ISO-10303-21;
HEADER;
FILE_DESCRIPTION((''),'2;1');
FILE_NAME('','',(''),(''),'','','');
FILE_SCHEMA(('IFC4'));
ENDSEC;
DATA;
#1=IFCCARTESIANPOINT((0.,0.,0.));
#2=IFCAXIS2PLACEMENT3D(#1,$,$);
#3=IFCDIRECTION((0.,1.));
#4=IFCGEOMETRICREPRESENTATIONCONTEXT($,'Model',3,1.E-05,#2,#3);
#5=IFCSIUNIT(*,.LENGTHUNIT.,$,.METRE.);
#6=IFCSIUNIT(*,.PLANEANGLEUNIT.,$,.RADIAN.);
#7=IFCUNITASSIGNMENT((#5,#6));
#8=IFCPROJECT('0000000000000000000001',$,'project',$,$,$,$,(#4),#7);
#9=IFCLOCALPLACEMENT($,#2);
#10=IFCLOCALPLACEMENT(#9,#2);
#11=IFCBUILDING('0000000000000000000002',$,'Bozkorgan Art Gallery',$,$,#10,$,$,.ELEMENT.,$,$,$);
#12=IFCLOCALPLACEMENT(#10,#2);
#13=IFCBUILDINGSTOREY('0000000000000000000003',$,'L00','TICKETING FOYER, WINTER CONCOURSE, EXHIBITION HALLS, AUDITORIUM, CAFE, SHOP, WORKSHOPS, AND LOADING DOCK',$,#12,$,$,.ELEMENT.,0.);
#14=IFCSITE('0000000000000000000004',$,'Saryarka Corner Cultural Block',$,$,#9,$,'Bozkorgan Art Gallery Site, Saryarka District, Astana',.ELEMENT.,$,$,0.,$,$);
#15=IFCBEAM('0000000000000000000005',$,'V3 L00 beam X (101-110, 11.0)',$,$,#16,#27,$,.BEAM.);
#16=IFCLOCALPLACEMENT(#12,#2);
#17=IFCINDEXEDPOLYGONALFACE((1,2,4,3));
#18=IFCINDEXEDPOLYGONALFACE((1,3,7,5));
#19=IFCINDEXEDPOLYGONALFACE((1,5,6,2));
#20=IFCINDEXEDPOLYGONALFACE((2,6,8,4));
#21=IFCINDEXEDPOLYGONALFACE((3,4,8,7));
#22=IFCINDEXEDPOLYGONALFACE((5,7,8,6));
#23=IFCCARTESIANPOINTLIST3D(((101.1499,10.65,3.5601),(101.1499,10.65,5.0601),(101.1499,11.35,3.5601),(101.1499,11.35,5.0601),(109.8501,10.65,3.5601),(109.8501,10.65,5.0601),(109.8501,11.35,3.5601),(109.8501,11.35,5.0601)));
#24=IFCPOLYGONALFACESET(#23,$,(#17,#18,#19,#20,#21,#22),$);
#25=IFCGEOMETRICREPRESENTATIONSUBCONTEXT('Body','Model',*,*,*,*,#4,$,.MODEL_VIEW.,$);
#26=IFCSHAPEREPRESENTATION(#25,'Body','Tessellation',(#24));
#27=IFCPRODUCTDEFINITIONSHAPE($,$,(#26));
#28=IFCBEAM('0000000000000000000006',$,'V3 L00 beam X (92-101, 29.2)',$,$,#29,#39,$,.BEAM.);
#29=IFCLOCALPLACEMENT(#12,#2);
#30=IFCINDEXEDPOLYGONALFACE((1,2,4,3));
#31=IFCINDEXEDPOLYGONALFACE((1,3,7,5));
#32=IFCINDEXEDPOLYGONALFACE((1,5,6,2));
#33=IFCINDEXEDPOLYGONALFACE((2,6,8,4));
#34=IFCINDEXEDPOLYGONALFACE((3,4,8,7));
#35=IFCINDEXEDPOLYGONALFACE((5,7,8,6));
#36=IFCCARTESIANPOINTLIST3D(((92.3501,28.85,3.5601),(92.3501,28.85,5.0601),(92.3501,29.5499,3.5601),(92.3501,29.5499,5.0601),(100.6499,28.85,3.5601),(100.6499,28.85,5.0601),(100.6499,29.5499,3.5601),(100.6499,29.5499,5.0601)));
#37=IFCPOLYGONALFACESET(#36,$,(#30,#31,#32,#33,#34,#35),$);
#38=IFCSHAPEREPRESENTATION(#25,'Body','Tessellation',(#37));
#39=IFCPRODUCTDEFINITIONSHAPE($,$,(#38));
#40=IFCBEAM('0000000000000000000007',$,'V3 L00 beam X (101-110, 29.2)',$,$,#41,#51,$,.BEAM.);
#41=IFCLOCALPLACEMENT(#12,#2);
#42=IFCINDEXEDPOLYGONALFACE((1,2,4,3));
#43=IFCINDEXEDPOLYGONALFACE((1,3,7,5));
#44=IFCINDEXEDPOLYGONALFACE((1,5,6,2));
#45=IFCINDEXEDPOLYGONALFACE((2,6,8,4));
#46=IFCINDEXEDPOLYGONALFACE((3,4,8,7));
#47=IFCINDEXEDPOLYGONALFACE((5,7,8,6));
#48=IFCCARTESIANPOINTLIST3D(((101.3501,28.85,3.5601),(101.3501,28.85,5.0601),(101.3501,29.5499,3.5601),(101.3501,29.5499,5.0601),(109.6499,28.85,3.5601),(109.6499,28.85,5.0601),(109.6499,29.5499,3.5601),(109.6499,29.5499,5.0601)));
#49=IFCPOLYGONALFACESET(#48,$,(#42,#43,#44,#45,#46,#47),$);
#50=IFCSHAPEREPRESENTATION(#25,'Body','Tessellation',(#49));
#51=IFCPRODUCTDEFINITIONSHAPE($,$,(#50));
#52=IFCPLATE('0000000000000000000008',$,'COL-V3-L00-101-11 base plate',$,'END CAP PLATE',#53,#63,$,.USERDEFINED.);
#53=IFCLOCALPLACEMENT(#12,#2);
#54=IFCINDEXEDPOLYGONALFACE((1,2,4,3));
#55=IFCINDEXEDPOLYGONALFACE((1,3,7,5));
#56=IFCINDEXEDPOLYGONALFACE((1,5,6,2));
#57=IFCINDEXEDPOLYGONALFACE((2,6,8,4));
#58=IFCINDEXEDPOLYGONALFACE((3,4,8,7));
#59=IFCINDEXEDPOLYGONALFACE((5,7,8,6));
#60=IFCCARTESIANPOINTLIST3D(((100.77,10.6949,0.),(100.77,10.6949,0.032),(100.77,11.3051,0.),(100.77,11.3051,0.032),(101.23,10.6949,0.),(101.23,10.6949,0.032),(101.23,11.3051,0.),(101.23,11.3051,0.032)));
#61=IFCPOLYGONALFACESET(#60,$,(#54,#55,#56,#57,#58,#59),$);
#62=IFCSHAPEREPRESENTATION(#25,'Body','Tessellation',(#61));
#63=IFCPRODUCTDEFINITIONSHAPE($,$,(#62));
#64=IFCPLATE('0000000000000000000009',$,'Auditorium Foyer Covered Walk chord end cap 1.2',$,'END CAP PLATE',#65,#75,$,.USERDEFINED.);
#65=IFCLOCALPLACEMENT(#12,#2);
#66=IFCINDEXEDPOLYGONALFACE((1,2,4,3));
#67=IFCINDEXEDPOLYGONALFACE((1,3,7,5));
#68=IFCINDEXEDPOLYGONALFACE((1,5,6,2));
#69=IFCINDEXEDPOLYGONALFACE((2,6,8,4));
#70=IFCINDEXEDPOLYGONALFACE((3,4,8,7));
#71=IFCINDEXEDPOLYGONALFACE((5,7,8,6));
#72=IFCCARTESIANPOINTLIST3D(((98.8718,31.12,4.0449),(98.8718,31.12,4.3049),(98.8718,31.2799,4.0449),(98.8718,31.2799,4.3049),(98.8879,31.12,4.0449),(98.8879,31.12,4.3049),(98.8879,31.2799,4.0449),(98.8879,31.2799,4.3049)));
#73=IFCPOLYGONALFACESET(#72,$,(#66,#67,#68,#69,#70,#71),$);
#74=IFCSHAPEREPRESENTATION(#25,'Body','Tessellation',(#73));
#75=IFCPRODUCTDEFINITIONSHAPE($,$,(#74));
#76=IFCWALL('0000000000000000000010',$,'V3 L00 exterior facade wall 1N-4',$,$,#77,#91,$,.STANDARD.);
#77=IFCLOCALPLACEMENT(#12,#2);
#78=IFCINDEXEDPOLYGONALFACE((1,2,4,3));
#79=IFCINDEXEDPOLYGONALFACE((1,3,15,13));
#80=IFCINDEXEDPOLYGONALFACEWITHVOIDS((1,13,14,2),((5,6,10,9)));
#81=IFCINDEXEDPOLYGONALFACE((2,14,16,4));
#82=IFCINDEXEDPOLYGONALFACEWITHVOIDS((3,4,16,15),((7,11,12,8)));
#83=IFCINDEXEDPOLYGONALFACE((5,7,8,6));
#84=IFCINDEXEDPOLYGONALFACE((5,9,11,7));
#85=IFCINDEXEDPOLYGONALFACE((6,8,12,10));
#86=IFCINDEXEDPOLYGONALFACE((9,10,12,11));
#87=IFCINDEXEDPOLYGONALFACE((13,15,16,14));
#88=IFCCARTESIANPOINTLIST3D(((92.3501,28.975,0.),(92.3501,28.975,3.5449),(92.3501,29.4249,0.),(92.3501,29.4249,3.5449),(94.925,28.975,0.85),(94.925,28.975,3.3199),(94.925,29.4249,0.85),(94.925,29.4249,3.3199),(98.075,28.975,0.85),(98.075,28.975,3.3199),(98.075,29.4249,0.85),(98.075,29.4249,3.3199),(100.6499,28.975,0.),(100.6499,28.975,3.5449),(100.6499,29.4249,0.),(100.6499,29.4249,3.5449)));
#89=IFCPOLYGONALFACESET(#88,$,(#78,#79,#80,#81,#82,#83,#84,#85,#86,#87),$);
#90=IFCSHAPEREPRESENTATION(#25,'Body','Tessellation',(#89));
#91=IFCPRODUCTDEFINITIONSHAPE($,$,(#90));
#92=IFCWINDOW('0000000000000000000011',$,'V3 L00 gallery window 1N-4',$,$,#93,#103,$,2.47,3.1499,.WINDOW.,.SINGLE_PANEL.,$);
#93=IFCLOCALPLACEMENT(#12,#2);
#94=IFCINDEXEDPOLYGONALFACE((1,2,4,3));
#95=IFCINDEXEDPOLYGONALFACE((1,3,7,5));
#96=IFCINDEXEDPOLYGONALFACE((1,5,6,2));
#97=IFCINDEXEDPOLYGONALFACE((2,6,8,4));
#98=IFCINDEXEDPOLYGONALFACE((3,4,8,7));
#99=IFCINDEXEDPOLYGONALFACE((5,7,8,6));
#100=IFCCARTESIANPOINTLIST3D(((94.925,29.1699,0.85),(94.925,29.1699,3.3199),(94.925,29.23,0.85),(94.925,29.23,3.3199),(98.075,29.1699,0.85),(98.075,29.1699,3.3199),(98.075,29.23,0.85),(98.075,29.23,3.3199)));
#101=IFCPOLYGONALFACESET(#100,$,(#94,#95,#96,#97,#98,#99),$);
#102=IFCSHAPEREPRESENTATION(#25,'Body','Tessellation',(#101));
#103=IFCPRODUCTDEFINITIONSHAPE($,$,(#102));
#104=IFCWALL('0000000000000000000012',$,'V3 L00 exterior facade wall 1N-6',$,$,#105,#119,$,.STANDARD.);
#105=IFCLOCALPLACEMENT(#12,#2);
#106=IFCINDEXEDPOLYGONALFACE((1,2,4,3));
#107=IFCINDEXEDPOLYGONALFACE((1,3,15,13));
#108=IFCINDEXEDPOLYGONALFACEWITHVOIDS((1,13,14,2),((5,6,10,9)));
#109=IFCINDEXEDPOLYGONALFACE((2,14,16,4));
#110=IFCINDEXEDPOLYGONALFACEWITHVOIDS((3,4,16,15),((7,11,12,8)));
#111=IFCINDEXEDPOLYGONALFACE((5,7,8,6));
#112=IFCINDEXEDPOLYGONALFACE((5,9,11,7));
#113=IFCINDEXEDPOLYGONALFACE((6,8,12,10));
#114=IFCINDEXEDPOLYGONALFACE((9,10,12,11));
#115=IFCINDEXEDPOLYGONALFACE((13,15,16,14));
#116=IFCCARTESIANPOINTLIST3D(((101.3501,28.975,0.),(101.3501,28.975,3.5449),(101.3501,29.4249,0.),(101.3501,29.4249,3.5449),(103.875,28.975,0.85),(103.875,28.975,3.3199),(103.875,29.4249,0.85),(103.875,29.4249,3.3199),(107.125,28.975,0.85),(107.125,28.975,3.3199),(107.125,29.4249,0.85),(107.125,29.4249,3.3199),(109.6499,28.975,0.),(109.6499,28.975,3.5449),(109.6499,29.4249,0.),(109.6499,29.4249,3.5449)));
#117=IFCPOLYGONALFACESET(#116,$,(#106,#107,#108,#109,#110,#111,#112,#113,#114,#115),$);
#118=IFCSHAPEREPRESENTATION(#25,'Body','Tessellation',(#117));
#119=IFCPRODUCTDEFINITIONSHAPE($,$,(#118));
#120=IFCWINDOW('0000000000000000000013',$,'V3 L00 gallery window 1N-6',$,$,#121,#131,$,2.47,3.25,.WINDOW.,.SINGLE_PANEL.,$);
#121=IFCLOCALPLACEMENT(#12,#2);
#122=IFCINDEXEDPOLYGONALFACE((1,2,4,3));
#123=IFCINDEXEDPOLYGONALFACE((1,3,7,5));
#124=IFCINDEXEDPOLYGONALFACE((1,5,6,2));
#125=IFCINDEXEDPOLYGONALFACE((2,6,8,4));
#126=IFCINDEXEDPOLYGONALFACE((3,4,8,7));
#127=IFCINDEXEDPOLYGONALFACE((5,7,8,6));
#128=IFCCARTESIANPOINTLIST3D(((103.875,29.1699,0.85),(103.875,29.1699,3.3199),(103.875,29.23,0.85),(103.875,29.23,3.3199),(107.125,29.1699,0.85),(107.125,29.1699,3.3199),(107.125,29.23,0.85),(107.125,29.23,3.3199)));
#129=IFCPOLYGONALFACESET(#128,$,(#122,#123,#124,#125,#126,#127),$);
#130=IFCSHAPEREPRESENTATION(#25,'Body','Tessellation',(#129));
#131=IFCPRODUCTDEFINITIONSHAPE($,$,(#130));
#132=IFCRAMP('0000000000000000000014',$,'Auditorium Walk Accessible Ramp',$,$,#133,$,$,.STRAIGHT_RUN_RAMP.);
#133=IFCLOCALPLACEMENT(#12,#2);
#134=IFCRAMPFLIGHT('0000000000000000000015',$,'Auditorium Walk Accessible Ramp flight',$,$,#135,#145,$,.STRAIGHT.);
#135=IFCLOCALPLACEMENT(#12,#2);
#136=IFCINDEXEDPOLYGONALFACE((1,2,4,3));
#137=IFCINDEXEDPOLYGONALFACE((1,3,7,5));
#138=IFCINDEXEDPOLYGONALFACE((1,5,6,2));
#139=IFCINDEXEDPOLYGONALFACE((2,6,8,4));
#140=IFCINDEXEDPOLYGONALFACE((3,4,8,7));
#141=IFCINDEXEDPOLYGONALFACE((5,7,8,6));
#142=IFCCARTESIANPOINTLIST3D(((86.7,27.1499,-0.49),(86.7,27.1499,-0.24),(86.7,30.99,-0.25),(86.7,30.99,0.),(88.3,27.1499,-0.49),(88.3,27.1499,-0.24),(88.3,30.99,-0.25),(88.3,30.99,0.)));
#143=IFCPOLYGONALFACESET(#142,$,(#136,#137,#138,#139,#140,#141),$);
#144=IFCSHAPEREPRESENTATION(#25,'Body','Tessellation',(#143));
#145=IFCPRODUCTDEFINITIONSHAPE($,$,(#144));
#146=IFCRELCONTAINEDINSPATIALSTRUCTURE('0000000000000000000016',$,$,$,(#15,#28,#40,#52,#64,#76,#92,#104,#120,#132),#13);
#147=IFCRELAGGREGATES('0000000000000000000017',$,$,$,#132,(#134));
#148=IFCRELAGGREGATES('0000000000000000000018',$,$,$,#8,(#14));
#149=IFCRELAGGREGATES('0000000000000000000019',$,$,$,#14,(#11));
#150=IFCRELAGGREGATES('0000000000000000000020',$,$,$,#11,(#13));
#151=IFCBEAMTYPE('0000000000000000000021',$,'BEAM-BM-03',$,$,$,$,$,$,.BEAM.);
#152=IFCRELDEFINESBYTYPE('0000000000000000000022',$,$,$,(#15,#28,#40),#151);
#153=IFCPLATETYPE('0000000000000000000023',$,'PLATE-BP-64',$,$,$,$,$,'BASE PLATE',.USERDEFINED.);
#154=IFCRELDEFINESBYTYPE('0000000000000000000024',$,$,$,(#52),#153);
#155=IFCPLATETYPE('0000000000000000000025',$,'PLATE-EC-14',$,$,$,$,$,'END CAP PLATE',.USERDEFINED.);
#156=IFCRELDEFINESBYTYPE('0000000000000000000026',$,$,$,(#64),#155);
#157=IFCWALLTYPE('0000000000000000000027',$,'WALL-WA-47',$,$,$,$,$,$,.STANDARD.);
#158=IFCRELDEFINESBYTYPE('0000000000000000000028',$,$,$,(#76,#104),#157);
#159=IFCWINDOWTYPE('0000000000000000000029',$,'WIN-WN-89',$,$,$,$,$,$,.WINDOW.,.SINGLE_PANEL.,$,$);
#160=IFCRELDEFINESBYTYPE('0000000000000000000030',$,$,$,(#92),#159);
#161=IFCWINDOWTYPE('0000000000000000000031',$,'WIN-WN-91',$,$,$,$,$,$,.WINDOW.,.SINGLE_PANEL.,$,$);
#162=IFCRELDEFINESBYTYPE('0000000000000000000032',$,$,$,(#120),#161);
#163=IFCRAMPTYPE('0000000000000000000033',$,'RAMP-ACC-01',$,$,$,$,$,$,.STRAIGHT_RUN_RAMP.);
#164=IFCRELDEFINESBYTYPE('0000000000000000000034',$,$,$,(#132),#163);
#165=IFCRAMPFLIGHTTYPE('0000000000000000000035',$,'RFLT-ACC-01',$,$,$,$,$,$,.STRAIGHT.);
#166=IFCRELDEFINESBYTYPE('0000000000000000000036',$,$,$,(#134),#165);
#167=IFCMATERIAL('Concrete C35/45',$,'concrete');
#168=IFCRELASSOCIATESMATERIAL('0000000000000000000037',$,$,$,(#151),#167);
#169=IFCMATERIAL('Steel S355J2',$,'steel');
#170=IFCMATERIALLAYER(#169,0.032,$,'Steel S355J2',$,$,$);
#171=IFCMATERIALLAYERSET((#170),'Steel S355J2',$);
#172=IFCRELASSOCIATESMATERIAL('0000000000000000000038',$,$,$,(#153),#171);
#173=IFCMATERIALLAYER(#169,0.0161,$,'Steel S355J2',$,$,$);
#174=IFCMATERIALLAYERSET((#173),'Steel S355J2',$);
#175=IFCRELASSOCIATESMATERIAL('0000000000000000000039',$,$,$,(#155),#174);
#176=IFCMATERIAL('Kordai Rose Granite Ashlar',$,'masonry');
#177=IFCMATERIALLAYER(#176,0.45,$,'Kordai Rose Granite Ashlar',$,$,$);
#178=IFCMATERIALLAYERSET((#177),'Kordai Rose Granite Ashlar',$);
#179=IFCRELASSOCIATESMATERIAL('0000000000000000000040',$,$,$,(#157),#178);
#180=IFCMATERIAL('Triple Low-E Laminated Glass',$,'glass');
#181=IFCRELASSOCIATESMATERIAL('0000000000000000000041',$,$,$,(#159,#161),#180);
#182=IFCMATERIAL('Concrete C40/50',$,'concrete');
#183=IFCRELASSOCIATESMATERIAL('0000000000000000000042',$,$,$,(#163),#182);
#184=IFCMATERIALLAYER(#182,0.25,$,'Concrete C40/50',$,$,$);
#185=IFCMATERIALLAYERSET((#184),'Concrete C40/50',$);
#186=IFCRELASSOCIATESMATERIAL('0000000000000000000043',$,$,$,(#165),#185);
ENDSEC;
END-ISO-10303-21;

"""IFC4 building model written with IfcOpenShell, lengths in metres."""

from ifc_helpers import new_model, si_unit, direction, frame, frame_2d, origin, origin_2d, place, context, subcontext, project, spatial, polyline, rectangle, outline, extrude, material, layer, layer_set, material_profile, profile_set, type_object, element, fill, aggregate, save


model = new_model("IFC4")

# Units and contexts
model_context = context("Model", 3, precision=1e-05, world=origin(), true_north=direction((0.0, 1.0)))
body_context = subcontext(model_context, "Body", "Model", "MODEL_VIEW")
ifc_project = project(units=[si_unit("LENGTHUNIT", "METRE"), si_unit("PLANEANGLEUNIT", "RADIAN")], contexts=[model_context])

# Site, building, storey
site_placement = place(None, origin())
site = spatial("IfcSite", under=ifc_project, at=site_placement, Name="Saryarka Corner Cultural Block", LongName="Bozkorgan Art Gallery Site, Saryarka District, Astana", CompositionType="ELEMENT", RefElevation=0.0)
building_placement = place(site_placement, origin())
building = spatial("IfcBuilding", under=site, at=building_placement, Name="Bozkorgan Art Gallery", CompositionType="ELEMENT")
storey_placement = place(building_placement, origin())
storey = spatial("IfcBuildingStorey", under=building, at=storey_placement, Name="L00", Description="TICKETING FOYER, WINTER CONCOURSE, EXHIBITION HALLS, AUDITORIUM, CAFE, SHOP, WORKSHOPS, AND LOADING DOCK", CompositionType="ELEMENT", Elevation=0.0)

# Shared definitions
ifc_material_1 = material(Name="Concrete C40/50", Category="concrete")

# Beams
ifc_material_2 = material(Name="Concrete C35/45", Category="concrete")
ifc_material_profile_1 = material_profile(ifc_material_2, rectangle(XDim=0.7, YDim=1.5, at=origin_2d()), Name="RC 700x1500")
ifc_profile_set_1 = profile_set([ifc_material_profile_1], Name="Concrete C35/45")
beam_type = type_object("IfcBeamType", Name="BEAM-BM-03", PredefinedType="BEAM", material=ifc_profile_set_1)
beam_placement = place(storey_placement, frame((101.1499, 11.0, 4.3101), z_axis=(1.0, 0.0, 0.0), x_axis=(0.0, 1.0, 0.0)))
element("IfcBeam", 1, at=beam_placement, inside=storey, type_object=beam_type, Name="V3 L00 beam X (101-110, 11.0)", PredefinedType="BEAM", context=body_context, shape_type="SweptSolid", body=[
    extrude(rectangle(XDim=0.7, YDim=1.5, at=origin_2d()), origin(), (0.0, 0.0, 1.0), 8.7002),
])
for number, where, z_axis, x_axis, name in (
    (2, (92.3501, 29.2, 4.3101), (1.0, 0.0, 0.0), (0.0, 1.0, 0.0), "V3 L00 beam X (92-101, 29.2)"),
    (3, (101.3501, 29.2, 4.3101), (1.0, 0.0, 0.0), (0.0, 1.0, 0.0), "V3 L00 beam X (101-110, 29.2)"),
):
    element("IfcBeam", number, at=place(storey_placement, frame(where, z_axis=z_axis, x_axis=x_axis)), inside=storey, type_object=beam_type, Name=name, PredefinedType="BEAM", context=body_context, shape_type="SweptSolid", body=[
        extrude(rectangle(XDim=0.7, YDim=1.5, at=origin_2d()), origin(), (0.0, 0.0, 1.0), 8.2998),
    ])

# Plates
ifc_material_3 = material(Name="Steel S355J2", Category="steel")
ifc_layer_1 = layer(ifc_material_3, 0.032, Name="Steel S355J2")
ifc_layer_set_1 = layer_set([ifc_layer_1], Name="Steel S355J2")
plate_type_1 = type_object("IfcPlateType", Name="PLATE-BP-64", ElementType="BASE PLATE", PredefinedType="USERDEFINED", material=ifc_layer_set_1)
plate_1_placement = place(storey_placement, frame((101.0, 11.0, 0.0), z_axis=(0.0, 0.0, 1.0), x_axis=(1.0, 0.0, 0.0)))
element("IfcPlate", 4, at=plate_1_placement, inside=storey, type_object=plate_type_1, Name="COL-V3-L00-101-11 base plate", ObjectType="END CAP PLATE", PredefinedType="USERDEFINED", context=body_context, shape_type="SweptSolid", body=[
    extrude(rectangle(XDim=0.46, YDim=0.6101, at=origin_2d()), origin(), (0.0, 0.0, 1.0), 0.032),
])
ifc_layer_2 = layer(ifc_material_3, 0.0161, Name="Steel S355J2")
ifc_layer_set_2 = layer_set([ifc_layer_2], Name="Steel S355J2")
plate_type_2 = type_object("IfcPlateType", Name="PLATE-EC-14", ElementType="END CAP PLATE", PredefinedType="USERDEFINED", material=ifc_layer_set_2)
plate_2_placement = place(storey_placement, frame((98.8799, 31.2, 4.0449), z_axis=(0.0, 0.0, 1.0), x_axis=(1.0, 0.0, 0.0)))
element("IfcPlate", 5, at=plate_2_placement, inside=storey, type_object=plate_type_2, Name="Auditorium Foyer Covered Walk chord end cap 1.2", ObjectType="END CAP PLATE", PredefinedType="USERDEFINED", context=body_context, shape_type="SweptSolid", body=[
    extrude(rectangle(XDim=0.0161, YDim=0.1599, at=origin_2d()), origin(), (0.0, 0.0, 1.0), 0.26),
])

# Walls, openings, windows
ifc_material_4 = material(Name="Kordai Rose Granite Ashlar", Category="masonry")
ifc_layer_3 = layer(ifc_material_4, 0.45, Name="Kordai Rose Granite Ashlar")
ifc_layer_set_3 = layer_set([ifc_layer_3], Name="Kordai Rose Granite Ashlar")
wall_type = type_object("IfcWallType", Name="WALL-WA-47", PredefinedType="STANDARD", material=ifc_layer_set_3)
wall_1_placement = place(storey_placement, frame((92.3501, 29.2, 0.0), z_axis=(0.0, 0.0, 1.0), x_axis=(1.0, 0.0, 0.0)))
wall_1 = element("IfcWall", 6, at=wall_1_placement, inside=storey, type_object=wall_type, Name="V3 L00 exterior facade wall 1N-4", PredefinedType="STANDARD", context=body_context, shape_type="SweptSolid", body=[
    extrude(rectangle(XDim=8.2998, YDim=0.45, at=frame_2d((4.1499, 0.0))), origin(), (0.0, 0.0, 1.0), 3.5449),
])
opening_1_placement = place(wall_1_placement, frame((2.575, 0.0, 0.8501)))
opening_1 = element("IfcOpeningElement", 7, at=opening_1_placement, cuts=wall_1, PredefinedType="OPENING", context=body_context, shape_type="SweptSolid", body=[
    extrude(rectangle(XDim=3.1499, YDim=2.47, at=frame_2d((1.575, 1.2349))), frame((0.0, 0.2349, 0.0), z_axis=(0.0, -1.0, 0.0), x_axis=(1.0, 0.0, 0.0)), (0.0, 0.0, 1.0), 0.47),
])
ifc_material_5 = material(Name="Triple Low-E Laminated Glass", Category="glass")
window_type_1 = type_object("IfcWindowType", Name="WIN-WN-89", PartitioningType="SINGLE_PANEL", PredefinedType="WINDOW", material=ifc_material_5)
window_1_placement = place(opening_1_placement, origin())
window_1 = element("IfcWindow", 8, at=window_1_placement, inside=storey, type_object=window_type_1, Name="V3 L00 gallery window 1N-4", OverallHeight=2.47, OverallWidth=3.1499, PartitioningType="SINGLE_PANEL", PredefinedType="WINDOW", context=body_context, shape_type="SweptSolid", body=[
    extrude(rectangle(XDim=3.1499, YDim=2.47, at=frame_2d((1.575, 1.2349))), frame((0.0, 0.03, 0.0), z_axis=(0.0, -1.0, 0.0), x_axis=(1.0, 0.0, 0.0)), (0.0, 0.0, 1.0), 0.0601),
])
fill(opening_1, window_1)
wall_2_placement = place(storey_placement, frame((101.3501, 29.2, 0.0), z_axis=(0.0, 0.0, 1.0), x_axis=(1.0, 0.0, 0.0)))
wall_2 = element("IfcWall", 9, at=wall_2_placement, inside=storey, type_object=wall_type, Name="V3 L00 exterior facade wall 1N-6", PredefinedType="STANDARD", context=body_context, shape_type="SweptSolid", body=[
    extrude(rectangle(XDim=8.2998, YDim=0.45, at=frame_2d((4.1499, 0.0))), origin(), (0.0, 0.0, 1.0), 3.5449),
])
opening_2_placement = place(wall_2_placement, frame((2.5249, 0.0, 0.8501)))
opening_2 = element("IfcOpeningElement", 10, at=opening_2_placement, cuts=wall_2, PredefinedType="OPENING", context=body_context, shape_type="SweptSolid", body=[
    extrude(rectangle(XDim=3.25, YDim=2.47, at=frame_2d((1.625, 1.2349))), frame((0.0, 0.2349, 0.0), z_axis=(0.0, -1.0, 0.0), x_axis=(1.0, 0.0, 0.0)), (0.0, 0.0, 1.0), 0.47),
])
window_type_2 = type_object("IfcWindowType", Name="WIN-WN-91", PartitioningType="SINGLE_PANEL", PredefinedType="WINDOW", material=ifc_material_5)
window_2_placement = place(opening_2_placement, origin())
window_2 = element("IfcWindow", 11, at=window_2_placement, inside=storey, type_object=window_type_2, Name="V3 L00 gallery window 1N-6", OverallHeight=2.47, OverallWidth=3.25, PartitioningType="SINGLE_PANEL", PredefinedType="WINDOW", context=body_context, shape_type="SweptSolid", body=[
    extrude(rectangle(XDim=3.25, YDim=2.47, at=frame_2d((1.625, 1.2349))), frame((0.0, 0.03, 0.0), z_axis=(0.0, -1.0, 0.0), x_axis=(1.0, 0.0, 0.0)), (0.0, 0.0, 1.0), 0.0601),
])
fill(opening_2, window_2)

# Ramp, ramp flight
ramp_type = type_object("IfcRampType", Name="RAMP-ACC-01", PredefinedType="STRAIGHT_RUN_RAMP", material=ifc_material_1)
ramp_placement = place(storey_placement, origin())
ramp = element("IfcRamp", 12, at=ramp_placement, inside=storey, type_object=ramp_type, Name="Auditorium Walk Accessible Ramp", PredefinedType="STRAIGHT_RUN_RAMP")
ifc_layer_4 = layer(ifc_material_1, 0.25, Name="Concrete C40/50")
ifc_layer_set_4 = layer_set([ifc_layer_4], Name="Concrete C40/50")
ramp_flight_type = type_object("IfcRampFlightType", Name="RFLT-ACC-01", PredefinedType="STRAIGHT", material=ifc_layer_set_4)
ramp_flight_placement = place(storey_placement, frame((87.5, 27.1499, -0.24), z_axis=(0.0, 0.0, 1.0), x_axis=(0.0, 1.0, 0.0)))
ramp_flight = element("IfcRampFlight", 13, at=ramp_flight_placement, type_object=ramp_flight_type, Name="Auditorium Walk Accessible Ramp flight", PredefinedType="STRAIGHT", context=body_context, shape_type="SweptSolid", body=[
    extrude(outline(polyline([(0.0, 0.0), (3.8401, 0.24), (3.8401, -0.01), (0.0, -0.25), (0.0, 0.0)])), frame((0.0, 0.8, 0.0), z_axis=(0.0, -1.0, 0.0), x_axis=(1.0, 0.0, 0.0)), (0.0, 0.0, 1.0), 1.6001),
])
aggregate(ramp, [ramp_flight])

save(model, "model.ifc")
